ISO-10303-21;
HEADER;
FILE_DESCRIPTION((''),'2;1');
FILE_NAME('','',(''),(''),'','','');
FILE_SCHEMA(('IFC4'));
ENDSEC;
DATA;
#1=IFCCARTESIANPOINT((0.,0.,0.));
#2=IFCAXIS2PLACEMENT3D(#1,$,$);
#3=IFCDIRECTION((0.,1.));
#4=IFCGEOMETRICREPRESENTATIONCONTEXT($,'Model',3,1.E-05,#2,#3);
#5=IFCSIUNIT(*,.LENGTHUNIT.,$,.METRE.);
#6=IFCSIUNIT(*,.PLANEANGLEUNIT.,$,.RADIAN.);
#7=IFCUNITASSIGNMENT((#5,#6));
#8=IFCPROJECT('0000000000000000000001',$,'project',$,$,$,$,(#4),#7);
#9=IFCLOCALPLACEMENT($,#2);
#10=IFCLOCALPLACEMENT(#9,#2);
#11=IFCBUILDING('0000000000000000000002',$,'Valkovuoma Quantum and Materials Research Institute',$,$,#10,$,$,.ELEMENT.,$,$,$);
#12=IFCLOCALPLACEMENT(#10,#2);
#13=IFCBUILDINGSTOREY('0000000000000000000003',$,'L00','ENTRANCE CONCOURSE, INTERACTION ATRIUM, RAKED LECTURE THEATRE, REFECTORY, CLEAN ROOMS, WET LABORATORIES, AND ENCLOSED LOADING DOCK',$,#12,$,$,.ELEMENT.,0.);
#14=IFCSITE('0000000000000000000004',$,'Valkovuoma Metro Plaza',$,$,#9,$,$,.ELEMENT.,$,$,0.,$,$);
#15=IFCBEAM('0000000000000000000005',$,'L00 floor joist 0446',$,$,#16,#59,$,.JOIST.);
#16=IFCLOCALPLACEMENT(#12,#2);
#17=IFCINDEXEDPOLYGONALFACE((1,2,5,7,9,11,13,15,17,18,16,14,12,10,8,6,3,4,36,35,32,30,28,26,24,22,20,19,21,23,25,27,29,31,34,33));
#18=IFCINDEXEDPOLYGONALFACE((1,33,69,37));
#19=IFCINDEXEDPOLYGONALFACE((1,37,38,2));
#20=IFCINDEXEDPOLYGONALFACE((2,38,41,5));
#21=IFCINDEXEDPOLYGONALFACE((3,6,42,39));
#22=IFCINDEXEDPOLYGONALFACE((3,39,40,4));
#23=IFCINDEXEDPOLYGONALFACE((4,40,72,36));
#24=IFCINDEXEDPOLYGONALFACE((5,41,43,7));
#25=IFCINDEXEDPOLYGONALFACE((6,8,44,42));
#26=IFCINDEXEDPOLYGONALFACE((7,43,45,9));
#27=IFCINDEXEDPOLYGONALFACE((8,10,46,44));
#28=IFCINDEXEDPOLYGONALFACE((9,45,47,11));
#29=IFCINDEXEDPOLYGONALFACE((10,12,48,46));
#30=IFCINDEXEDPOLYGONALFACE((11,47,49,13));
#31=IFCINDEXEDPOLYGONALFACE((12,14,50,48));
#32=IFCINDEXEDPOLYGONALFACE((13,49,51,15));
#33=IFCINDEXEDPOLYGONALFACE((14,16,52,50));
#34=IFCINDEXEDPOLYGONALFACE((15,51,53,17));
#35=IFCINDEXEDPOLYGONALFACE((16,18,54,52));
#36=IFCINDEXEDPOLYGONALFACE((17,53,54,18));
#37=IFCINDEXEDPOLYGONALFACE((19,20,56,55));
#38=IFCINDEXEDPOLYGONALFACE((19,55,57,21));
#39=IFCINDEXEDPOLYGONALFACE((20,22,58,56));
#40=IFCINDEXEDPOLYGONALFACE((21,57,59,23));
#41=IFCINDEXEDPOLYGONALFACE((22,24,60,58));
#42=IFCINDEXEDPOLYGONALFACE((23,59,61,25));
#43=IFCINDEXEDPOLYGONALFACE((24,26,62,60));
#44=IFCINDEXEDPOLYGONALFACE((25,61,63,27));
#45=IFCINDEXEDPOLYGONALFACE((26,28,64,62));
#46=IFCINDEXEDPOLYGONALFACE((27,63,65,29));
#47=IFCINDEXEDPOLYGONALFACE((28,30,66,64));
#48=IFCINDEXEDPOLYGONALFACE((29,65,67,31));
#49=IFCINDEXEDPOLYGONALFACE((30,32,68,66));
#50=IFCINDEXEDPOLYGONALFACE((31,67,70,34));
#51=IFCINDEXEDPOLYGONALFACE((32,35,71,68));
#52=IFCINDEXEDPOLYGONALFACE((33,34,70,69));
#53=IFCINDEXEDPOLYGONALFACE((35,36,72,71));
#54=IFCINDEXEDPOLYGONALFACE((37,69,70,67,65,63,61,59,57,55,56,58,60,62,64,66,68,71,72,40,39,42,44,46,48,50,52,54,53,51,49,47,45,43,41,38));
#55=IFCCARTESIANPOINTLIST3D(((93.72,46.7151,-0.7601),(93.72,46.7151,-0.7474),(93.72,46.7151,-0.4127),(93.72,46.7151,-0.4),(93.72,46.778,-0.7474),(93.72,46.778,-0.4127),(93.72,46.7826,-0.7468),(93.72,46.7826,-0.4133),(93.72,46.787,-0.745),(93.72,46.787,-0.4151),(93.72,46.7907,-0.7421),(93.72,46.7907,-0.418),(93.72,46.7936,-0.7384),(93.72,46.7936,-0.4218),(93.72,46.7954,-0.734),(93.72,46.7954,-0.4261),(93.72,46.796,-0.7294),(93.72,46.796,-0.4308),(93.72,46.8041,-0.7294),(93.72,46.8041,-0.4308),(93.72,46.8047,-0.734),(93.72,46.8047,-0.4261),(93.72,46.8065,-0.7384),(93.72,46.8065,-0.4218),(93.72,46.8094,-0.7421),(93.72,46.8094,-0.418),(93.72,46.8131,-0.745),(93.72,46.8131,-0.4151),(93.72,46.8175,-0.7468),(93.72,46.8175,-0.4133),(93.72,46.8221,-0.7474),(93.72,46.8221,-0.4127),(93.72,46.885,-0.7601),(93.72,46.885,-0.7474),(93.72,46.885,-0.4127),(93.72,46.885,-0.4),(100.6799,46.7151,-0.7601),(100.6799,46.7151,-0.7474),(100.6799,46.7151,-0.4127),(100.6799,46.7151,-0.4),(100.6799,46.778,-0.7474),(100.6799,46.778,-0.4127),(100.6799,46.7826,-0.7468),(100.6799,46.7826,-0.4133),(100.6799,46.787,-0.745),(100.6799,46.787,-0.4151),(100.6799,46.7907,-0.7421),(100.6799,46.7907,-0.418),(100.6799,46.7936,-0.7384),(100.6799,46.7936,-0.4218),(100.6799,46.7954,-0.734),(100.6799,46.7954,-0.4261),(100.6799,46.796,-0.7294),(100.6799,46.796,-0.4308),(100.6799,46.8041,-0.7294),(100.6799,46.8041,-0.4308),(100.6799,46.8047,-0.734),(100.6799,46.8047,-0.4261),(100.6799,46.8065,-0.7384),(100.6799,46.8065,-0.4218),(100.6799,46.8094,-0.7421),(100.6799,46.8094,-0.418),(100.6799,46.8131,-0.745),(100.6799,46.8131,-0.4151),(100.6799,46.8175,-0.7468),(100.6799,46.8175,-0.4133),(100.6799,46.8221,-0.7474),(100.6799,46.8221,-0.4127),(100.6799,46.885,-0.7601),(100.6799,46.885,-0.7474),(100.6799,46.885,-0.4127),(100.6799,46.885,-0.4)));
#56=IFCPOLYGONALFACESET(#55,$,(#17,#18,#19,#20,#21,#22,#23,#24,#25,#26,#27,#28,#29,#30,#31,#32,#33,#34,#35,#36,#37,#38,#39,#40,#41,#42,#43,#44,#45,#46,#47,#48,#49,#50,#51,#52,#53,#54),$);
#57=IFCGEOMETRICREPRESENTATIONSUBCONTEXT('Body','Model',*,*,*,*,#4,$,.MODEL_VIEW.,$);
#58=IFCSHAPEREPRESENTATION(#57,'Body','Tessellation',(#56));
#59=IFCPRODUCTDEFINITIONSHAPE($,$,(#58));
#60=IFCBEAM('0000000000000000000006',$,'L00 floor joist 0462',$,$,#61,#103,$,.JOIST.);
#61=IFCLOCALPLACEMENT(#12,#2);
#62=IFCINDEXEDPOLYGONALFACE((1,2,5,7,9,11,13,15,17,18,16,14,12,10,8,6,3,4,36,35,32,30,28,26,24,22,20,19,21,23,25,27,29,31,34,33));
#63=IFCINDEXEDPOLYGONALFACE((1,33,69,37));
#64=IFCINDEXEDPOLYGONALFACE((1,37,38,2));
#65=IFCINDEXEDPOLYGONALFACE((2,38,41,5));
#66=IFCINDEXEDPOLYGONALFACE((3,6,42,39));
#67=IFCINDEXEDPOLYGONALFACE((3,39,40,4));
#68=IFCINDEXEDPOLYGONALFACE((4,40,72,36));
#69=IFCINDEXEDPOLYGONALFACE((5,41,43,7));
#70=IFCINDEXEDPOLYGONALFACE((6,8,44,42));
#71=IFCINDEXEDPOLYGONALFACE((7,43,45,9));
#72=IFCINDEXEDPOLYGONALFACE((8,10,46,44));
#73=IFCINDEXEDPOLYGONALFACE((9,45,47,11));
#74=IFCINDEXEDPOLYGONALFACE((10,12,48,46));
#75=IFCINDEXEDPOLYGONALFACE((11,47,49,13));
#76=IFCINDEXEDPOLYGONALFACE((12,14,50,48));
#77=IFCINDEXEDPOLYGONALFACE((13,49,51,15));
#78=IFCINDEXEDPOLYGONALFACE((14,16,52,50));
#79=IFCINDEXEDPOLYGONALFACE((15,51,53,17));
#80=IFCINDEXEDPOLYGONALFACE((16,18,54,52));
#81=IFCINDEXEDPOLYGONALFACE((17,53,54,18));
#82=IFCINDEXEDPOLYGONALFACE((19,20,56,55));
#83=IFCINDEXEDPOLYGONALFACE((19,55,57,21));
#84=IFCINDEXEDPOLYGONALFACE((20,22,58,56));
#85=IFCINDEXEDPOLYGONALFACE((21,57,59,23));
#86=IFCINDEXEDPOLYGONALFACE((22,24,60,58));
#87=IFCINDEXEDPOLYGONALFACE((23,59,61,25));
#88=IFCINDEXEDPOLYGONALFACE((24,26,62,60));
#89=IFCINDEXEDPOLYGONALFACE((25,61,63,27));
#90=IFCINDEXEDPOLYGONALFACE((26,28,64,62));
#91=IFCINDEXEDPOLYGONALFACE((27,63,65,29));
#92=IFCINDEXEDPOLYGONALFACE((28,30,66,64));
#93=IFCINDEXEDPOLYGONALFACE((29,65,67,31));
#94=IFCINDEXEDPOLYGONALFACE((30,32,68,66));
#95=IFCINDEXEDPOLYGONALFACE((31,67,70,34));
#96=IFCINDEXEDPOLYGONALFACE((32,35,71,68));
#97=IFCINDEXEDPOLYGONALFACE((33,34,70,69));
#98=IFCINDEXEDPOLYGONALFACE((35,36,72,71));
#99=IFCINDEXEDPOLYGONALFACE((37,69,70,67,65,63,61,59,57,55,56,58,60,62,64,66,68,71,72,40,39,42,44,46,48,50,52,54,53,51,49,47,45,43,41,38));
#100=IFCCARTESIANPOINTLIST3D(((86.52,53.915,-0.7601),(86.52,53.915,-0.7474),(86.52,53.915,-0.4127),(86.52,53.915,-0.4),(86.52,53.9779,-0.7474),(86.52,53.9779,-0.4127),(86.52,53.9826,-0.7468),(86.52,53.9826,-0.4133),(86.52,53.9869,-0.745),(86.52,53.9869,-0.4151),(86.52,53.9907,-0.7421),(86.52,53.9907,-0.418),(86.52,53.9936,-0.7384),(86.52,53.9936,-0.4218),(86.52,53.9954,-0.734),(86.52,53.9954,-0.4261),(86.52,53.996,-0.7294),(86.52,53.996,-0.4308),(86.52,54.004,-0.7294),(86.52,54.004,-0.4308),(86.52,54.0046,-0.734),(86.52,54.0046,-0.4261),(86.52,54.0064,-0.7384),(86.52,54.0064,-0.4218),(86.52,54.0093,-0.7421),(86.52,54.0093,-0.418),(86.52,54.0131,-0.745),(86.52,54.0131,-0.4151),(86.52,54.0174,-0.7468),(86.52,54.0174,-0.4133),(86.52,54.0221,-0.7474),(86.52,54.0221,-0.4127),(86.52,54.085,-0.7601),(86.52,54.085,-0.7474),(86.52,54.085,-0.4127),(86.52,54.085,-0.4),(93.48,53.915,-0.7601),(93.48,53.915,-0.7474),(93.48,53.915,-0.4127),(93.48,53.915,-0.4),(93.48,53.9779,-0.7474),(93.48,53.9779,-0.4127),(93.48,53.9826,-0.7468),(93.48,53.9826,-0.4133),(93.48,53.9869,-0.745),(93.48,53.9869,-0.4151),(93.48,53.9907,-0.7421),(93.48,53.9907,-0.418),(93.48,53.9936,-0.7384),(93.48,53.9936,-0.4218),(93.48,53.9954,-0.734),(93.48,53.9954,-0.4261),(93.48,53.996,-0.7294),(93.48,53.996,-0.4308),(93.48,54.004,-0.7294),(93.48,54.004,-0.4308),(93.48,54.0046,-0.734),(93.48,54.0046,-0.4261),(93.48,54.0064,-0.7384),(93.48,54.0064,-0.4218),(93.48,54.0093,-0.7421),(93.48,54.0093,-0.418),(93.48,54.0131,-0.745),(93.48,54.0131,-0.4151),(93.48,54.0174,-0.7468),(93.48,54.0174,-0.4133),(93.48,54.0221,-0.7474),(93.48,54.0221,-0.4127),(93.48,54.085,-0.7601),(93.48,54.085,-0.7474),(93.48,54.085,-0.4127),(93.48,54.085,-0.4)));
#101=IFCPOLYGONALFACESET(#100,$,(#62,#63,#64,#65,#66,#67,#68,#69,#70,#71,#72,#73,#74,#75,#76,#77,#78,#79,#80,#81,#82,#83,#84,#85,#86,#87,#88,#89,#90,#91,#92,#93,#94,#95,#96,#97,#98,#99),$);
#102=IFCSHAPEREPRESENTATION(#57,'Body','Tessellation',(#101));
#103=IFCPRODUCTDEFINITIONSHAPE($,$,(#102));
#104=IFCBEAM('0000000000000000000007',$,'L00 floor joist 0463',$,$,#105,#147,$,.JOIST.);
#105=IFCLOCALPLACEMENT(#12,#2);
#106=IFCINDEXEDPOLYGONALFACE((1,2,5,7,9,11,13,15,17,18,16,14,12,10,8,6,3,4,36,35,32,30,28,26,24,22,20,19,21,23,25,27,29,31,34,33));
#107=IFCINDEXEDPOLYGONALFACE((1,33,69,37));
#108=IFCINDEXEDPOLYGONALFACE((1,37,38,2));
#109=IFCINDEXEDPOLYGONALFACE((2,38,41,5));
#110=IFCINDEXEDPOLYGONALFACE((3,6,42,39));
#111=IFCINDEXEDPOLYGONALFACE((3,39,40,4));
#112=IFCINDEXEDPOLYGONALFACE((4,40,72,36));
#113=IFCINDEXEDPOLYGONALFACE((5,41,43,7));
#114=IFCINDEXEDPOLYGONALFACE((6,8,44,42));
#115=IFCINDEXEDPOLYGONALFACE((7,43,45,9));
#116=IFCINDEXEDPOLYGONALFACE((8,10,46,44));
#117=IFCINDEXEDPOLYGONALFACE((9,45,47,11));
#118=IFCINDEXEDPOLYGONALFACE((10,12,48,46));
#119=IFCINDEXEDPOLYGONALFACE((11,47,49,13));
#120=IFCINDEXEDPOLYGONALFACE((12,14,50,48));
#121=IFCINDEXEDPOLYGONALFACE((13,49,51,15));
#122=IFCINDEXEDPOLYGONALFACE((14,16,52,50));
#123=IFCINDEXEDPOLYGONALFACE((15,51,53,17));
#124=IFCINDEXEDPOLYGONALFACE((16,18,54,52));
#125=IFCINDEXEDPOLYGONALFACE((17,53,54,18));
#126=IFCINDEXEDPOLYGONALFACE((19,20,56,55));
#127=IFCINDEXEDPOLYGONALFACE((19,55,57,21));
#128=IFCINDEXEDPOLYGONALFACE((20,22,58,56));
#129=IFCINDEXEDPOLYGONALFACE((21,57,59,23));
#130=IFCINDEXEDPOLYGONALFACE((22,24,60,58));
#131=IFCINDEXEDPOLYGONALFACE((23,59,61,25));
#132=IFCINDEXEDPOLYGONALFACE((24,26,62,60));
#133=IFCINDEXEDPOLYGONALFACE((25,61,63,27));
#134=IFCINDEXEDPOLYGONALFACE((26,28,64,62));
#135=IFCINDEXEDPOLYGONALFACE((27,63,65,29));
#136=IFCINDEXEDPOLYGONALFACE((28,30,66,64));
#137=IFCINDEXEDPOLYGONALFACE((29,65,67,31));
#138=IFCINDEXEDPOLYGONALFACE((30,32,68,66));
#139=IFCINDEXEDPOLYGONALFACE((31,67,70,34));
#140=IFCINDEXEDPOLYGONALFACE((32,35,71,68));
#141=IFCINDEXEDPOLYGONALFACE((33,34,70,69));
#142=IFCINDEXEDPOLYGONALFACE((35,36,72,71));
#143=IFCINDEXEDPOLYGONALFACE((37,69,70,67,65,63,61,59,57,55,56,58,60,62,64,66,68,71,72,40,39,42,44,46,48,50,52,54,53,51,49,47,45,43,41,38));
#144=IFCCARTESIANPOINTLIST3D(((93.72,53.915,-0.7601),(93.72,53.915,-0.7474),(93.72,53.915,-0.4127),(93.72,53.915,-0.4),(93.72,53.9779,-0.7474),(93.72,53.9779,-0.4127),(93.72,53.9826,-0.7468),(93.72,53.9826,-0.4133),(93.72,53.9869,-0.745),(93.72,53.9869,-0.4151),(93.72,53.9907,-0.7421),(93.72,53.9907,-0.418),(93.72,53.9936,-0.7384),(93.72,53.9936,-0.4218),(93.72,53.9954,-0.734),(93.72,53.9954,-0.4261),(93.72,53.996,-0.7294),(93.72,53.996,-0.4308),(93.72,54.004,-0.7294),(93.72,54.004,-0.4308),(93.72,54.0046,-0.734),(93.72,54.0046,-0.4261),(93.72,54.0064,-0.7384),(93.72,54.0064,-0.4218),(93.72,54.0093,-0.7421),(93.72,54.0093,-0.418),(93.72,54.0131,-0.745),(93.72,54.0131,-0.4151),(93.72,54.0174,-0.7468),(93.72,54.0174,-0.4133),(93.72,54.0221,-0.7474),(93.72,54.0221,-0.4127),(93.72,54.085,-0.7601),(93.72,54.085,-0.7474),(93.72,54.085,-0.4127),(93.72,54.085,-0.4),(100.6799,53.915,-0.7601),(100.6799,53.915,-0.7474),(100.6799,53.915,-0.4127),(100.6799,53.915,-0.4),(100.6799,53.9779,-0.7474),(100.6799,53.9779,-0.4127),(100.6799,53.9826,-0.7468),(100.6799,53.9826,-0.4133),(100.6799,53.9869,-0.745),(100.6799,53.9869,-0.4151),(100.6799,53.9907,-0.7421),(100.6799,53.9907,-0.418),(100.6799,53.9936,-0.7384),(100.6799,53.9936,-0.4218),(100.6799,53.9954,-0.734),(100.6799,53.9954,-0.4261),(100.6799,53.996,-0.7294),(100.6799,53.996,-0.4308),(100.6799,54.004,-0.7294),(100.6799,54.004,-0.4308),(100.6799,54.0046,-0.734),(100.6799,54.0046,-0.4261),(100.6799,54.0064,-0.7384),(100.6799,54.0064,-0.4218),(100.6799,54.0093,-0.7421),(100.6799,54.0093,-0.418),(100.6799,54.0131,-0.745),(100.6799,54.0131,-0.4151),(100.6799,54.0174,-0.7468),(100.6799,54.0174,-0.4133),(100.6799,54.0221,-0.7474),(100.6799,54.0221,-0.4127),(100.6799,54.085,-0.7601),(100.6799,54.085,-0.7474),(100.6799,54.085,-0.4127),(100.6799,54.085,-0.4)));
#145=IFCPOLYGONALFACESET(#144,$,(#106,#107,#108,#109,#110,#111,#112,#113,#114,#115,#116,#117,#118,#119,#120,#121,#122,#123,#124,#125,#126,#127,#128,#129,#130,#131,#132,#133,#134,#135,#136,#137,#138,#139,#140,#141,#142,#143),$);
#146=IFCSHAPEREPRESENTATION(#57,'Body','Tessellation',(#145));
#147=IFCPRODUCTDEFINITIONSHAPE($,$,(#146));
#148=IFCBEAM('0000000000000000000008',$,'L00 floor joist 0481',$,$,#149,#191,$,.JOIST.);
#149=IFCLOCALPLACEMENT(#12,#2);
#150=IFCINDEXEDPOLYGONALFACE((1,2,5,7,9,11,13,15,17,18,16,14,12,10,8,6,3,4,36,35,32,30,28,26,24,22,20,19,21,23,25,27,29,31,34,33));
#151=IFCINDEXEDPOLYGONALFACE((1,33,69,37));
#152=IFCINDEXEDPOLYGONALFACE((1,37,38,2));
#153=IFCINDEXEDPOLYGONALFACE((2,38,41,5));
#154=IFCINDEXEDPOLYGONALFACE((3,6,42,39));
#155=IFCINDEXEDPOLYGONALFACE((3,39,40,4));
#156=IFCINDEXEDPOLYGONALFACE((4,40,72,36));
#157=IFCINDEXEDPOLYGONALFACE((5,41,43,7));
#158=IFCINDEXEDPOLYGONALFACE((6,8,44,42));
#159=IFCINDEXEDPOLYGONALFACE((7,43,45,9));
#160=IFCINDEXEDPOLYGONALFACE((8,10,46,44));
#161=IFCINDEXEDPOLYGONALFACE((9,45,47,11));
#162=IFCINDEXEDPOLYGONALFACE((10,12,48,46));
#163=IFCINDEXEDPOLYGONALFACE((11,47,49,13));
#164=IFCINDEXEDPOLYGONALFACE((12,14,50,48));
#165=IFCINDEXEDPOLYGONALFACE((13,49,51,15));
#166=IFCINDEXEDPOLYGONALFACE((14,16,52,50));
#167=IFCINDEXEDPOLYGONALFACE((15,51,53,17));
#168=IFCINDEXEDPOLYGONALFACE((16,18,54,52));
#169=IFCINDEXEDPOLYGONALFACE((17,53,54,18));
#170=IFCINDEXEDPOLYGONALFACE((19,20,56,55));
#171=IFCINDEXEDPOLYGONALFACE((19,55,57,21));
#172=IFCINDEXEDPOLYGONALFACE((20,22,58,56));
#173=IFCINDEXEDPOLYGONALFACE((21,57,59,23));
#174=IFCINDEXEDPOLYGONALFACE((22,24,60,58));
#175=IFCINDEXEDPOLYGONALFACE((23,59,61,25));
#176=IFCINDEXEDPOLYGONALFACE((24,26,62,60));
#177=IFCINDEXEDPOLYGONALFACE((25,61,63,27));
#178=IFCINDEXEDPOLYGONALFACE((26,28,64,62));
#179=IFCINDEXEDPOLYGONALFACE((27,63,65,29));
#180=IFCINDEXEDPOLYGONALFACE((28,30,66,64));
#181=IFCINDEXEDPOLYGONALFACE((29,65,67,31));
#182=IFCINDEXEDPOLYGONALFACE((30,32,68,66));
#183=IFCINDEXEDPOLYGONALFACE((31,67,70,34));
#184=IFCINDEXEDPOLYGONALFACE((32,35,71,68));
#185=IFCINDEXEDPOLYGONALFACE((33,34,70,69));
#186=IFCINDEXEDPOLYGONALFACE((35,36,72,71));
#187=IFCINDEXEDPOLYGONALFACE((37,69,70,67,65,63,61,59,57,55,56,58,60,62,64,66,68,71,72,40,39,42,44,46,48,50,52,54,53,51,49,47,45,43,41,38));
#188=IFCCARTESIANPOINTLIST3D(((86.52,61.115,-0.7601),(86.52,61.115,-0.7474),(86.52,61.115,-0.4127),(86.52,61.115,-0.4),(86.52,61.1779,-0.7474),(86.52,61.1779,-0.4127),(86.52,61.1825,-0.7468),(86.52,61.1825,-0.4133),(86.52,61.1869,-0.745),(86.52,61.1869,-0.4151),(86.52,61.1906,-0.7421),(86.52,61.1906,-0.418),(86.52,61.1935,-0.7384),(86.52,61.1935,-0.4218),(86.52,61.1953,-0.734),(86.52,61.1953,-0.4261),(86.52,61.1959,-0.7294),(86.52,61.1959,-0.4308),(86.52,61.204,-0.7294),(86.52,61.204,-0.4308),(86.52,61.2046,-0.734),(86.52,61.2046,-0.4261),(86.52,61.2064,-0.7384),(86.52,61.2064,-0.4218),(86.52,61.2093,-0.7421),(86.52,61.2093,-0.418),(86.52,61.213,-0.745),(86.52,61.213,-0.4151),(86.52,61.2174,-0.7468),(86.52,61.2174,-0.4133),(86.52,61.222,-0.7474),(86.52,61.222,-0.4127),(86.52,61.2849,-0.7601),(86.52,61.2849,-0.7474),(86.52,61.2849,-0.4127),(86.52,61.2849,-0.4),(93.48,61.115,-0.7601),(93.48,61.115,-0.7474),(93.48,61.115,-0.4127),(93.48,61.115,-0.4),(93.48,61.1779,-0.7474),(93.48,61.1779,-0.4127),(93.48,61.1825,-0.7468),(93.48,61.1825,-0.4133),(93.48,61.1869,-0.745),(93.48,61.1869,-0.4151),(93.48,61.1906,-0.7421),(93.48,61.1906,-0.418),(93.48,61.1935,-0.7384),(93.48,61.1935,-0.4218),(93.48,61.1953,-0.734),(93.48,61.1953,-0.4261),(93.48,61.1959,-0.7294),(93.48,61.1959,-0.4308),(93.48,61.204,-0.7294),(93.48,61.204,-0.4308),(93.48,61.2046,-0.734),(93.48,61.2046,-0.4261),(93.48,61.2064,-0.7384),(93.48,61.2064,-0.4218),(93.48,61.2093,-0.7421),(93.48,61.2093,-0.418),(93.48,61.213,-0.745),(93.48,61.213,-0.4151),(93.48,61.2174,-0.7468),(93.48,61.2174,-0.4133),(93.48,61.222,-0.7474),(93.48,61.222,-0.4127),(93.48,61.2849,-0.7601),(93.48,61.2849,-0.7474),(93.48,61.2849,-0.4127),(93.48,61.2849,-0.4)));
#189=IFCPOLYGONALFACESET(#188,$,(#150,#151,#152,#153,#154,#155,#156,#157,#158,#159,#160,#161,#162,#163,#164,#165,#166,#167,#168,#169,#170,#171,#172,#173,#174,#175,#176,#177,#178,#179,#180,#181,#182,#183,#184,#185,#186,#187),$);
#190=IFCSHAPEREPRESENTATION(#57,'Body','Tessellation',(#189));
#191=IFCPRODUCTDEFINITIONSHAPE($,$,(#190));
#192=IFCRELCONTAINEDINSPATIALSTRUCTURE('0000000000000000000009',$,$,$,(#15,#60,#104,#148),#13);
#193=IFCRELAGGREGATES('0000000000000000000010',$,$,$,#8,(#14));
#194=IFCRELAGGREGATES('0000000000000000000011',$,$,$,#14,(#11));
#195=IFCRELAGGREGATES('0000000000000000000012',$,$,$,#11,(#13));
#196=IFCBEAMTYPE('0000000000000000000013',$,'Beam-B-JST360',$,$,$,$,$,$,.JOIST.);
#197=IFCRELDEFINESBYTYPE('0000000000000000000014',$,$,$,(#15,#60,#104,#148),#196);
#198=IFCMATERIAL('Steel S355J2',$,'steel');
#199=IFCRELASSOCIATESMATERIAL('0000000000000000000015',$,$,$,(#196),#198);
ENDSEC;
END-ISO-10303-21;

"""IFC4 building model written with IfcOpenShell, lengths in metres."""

from ifc_helpers import new_model, si_unit, direction, frame, origin, origin_2d, place, context, subcontext, project, spatial, i_section, extrude, material, material_profile, profile_set, type_object, element, save


model = new_model("IFC4")

# Units and contexts
model_context = context("Model", 3, precision=1e-05, world=origin(), true_north=direction((0.0, 1.0)))
body_context = subcontext(model_context, "Body", "Model", "MODEL_VIEW")
ifc_project = project(units=[si_unit("LENGTHUNIT", "METRE"), si_unit("PLANEANGLEUNIT", "RADIAN")], contexts=[model_context])

# Site, building, storey
site_placement = place(None, origin())
site = spatial("IfcSite", under=ifc_project, at=site_placement, Name="Valkovuoma Metro Plaza", CompositionType="ELEMENT", RefElevation=0.0)
building_placement = place(site_placement, origin())
building = spatial("IfcBuilding", under=site, at=building_placement, Name="Valkovuoma Quantum and Materials Research Institute", CompositionType="ELEMENT")
storey_placement = place(building_placement, origin())
storey = spatial("IfcBuildingStorey", under=building, at=storey_placement, Name="L00", Description="ENTRANCE CONCOURSE, INTERACTION ATRIUM, RAKED LECTURE THEATRE, REFECTORY, CLEAN ROOMS, WET LABORATORIES, AND ENCLOSED LOADING DOCK", CompositionType="ELEMENT", Elevation=0.0)

# Beams
ifc_material_1 = material(Name="Steel S355J2", Category="steel")
ifc_material_profile_1 = material_profile(ifc_material_1, i_section(OverallWidth=0.1699, OverallDepth=0.3601, WebThickness=0.0081, FlangeThickness=0.0127, FilletRadius=0.0181, at=origin_2d()), Name="Steel S355J2")
ifc_profile_set_1 = profile_set([ifc_material_profile_1], Name="Steel S355J2")
beam_type_1 = type_object("IfcBeamType", Name="Beam-B-JST360", PredefinedType="JOIST", material=ifc_profile_set_1)
for number, where, z_axis, x_axis, name in (
    (1, (93.72, 46.8, -0.5801), (1.0, 0.0, 0.0), (0.0, 1.0, 0.0), "L00 floor joist 0446"),
    (2, (86.52, 54.0, -0.5801), (1.0, 0.0, 0.0), (0.0, 1.0, 0.0), "L00 floor joist 0462"),
    (3, (93.72, 54.0, -0.5801), (1.0, 0.0, 0.0), (0.0, 1.0, 0.0), "L00 floor joist 0463"),
    (4, (86.52, 61.2, -0.5801), (1.0, 0.0, 0.0), (0.0, 1.0, 0.0), "L00 floor joist 0481"),
):
    element("IfcBeam", number, at=place(storey_placement, frame(where, z_axis=z_axis, x_axis=x_axis)), inside=storey, type_object=beam_type_1, Name=name, PredefinedType="JOIST", context=body_context, shape_type="SweptSolid", body=[
        extrude(i_section(OverallWidth=0.1699, OverallDepth=0.3601, WebThickness=0.0081, FlangeThickness=0.0127, FilletRadius=0.0181, at=origin_2d()), origin(), (0.0, 0.0, 1.0), 6.96),
    ])

save(model, "model.ifc")
